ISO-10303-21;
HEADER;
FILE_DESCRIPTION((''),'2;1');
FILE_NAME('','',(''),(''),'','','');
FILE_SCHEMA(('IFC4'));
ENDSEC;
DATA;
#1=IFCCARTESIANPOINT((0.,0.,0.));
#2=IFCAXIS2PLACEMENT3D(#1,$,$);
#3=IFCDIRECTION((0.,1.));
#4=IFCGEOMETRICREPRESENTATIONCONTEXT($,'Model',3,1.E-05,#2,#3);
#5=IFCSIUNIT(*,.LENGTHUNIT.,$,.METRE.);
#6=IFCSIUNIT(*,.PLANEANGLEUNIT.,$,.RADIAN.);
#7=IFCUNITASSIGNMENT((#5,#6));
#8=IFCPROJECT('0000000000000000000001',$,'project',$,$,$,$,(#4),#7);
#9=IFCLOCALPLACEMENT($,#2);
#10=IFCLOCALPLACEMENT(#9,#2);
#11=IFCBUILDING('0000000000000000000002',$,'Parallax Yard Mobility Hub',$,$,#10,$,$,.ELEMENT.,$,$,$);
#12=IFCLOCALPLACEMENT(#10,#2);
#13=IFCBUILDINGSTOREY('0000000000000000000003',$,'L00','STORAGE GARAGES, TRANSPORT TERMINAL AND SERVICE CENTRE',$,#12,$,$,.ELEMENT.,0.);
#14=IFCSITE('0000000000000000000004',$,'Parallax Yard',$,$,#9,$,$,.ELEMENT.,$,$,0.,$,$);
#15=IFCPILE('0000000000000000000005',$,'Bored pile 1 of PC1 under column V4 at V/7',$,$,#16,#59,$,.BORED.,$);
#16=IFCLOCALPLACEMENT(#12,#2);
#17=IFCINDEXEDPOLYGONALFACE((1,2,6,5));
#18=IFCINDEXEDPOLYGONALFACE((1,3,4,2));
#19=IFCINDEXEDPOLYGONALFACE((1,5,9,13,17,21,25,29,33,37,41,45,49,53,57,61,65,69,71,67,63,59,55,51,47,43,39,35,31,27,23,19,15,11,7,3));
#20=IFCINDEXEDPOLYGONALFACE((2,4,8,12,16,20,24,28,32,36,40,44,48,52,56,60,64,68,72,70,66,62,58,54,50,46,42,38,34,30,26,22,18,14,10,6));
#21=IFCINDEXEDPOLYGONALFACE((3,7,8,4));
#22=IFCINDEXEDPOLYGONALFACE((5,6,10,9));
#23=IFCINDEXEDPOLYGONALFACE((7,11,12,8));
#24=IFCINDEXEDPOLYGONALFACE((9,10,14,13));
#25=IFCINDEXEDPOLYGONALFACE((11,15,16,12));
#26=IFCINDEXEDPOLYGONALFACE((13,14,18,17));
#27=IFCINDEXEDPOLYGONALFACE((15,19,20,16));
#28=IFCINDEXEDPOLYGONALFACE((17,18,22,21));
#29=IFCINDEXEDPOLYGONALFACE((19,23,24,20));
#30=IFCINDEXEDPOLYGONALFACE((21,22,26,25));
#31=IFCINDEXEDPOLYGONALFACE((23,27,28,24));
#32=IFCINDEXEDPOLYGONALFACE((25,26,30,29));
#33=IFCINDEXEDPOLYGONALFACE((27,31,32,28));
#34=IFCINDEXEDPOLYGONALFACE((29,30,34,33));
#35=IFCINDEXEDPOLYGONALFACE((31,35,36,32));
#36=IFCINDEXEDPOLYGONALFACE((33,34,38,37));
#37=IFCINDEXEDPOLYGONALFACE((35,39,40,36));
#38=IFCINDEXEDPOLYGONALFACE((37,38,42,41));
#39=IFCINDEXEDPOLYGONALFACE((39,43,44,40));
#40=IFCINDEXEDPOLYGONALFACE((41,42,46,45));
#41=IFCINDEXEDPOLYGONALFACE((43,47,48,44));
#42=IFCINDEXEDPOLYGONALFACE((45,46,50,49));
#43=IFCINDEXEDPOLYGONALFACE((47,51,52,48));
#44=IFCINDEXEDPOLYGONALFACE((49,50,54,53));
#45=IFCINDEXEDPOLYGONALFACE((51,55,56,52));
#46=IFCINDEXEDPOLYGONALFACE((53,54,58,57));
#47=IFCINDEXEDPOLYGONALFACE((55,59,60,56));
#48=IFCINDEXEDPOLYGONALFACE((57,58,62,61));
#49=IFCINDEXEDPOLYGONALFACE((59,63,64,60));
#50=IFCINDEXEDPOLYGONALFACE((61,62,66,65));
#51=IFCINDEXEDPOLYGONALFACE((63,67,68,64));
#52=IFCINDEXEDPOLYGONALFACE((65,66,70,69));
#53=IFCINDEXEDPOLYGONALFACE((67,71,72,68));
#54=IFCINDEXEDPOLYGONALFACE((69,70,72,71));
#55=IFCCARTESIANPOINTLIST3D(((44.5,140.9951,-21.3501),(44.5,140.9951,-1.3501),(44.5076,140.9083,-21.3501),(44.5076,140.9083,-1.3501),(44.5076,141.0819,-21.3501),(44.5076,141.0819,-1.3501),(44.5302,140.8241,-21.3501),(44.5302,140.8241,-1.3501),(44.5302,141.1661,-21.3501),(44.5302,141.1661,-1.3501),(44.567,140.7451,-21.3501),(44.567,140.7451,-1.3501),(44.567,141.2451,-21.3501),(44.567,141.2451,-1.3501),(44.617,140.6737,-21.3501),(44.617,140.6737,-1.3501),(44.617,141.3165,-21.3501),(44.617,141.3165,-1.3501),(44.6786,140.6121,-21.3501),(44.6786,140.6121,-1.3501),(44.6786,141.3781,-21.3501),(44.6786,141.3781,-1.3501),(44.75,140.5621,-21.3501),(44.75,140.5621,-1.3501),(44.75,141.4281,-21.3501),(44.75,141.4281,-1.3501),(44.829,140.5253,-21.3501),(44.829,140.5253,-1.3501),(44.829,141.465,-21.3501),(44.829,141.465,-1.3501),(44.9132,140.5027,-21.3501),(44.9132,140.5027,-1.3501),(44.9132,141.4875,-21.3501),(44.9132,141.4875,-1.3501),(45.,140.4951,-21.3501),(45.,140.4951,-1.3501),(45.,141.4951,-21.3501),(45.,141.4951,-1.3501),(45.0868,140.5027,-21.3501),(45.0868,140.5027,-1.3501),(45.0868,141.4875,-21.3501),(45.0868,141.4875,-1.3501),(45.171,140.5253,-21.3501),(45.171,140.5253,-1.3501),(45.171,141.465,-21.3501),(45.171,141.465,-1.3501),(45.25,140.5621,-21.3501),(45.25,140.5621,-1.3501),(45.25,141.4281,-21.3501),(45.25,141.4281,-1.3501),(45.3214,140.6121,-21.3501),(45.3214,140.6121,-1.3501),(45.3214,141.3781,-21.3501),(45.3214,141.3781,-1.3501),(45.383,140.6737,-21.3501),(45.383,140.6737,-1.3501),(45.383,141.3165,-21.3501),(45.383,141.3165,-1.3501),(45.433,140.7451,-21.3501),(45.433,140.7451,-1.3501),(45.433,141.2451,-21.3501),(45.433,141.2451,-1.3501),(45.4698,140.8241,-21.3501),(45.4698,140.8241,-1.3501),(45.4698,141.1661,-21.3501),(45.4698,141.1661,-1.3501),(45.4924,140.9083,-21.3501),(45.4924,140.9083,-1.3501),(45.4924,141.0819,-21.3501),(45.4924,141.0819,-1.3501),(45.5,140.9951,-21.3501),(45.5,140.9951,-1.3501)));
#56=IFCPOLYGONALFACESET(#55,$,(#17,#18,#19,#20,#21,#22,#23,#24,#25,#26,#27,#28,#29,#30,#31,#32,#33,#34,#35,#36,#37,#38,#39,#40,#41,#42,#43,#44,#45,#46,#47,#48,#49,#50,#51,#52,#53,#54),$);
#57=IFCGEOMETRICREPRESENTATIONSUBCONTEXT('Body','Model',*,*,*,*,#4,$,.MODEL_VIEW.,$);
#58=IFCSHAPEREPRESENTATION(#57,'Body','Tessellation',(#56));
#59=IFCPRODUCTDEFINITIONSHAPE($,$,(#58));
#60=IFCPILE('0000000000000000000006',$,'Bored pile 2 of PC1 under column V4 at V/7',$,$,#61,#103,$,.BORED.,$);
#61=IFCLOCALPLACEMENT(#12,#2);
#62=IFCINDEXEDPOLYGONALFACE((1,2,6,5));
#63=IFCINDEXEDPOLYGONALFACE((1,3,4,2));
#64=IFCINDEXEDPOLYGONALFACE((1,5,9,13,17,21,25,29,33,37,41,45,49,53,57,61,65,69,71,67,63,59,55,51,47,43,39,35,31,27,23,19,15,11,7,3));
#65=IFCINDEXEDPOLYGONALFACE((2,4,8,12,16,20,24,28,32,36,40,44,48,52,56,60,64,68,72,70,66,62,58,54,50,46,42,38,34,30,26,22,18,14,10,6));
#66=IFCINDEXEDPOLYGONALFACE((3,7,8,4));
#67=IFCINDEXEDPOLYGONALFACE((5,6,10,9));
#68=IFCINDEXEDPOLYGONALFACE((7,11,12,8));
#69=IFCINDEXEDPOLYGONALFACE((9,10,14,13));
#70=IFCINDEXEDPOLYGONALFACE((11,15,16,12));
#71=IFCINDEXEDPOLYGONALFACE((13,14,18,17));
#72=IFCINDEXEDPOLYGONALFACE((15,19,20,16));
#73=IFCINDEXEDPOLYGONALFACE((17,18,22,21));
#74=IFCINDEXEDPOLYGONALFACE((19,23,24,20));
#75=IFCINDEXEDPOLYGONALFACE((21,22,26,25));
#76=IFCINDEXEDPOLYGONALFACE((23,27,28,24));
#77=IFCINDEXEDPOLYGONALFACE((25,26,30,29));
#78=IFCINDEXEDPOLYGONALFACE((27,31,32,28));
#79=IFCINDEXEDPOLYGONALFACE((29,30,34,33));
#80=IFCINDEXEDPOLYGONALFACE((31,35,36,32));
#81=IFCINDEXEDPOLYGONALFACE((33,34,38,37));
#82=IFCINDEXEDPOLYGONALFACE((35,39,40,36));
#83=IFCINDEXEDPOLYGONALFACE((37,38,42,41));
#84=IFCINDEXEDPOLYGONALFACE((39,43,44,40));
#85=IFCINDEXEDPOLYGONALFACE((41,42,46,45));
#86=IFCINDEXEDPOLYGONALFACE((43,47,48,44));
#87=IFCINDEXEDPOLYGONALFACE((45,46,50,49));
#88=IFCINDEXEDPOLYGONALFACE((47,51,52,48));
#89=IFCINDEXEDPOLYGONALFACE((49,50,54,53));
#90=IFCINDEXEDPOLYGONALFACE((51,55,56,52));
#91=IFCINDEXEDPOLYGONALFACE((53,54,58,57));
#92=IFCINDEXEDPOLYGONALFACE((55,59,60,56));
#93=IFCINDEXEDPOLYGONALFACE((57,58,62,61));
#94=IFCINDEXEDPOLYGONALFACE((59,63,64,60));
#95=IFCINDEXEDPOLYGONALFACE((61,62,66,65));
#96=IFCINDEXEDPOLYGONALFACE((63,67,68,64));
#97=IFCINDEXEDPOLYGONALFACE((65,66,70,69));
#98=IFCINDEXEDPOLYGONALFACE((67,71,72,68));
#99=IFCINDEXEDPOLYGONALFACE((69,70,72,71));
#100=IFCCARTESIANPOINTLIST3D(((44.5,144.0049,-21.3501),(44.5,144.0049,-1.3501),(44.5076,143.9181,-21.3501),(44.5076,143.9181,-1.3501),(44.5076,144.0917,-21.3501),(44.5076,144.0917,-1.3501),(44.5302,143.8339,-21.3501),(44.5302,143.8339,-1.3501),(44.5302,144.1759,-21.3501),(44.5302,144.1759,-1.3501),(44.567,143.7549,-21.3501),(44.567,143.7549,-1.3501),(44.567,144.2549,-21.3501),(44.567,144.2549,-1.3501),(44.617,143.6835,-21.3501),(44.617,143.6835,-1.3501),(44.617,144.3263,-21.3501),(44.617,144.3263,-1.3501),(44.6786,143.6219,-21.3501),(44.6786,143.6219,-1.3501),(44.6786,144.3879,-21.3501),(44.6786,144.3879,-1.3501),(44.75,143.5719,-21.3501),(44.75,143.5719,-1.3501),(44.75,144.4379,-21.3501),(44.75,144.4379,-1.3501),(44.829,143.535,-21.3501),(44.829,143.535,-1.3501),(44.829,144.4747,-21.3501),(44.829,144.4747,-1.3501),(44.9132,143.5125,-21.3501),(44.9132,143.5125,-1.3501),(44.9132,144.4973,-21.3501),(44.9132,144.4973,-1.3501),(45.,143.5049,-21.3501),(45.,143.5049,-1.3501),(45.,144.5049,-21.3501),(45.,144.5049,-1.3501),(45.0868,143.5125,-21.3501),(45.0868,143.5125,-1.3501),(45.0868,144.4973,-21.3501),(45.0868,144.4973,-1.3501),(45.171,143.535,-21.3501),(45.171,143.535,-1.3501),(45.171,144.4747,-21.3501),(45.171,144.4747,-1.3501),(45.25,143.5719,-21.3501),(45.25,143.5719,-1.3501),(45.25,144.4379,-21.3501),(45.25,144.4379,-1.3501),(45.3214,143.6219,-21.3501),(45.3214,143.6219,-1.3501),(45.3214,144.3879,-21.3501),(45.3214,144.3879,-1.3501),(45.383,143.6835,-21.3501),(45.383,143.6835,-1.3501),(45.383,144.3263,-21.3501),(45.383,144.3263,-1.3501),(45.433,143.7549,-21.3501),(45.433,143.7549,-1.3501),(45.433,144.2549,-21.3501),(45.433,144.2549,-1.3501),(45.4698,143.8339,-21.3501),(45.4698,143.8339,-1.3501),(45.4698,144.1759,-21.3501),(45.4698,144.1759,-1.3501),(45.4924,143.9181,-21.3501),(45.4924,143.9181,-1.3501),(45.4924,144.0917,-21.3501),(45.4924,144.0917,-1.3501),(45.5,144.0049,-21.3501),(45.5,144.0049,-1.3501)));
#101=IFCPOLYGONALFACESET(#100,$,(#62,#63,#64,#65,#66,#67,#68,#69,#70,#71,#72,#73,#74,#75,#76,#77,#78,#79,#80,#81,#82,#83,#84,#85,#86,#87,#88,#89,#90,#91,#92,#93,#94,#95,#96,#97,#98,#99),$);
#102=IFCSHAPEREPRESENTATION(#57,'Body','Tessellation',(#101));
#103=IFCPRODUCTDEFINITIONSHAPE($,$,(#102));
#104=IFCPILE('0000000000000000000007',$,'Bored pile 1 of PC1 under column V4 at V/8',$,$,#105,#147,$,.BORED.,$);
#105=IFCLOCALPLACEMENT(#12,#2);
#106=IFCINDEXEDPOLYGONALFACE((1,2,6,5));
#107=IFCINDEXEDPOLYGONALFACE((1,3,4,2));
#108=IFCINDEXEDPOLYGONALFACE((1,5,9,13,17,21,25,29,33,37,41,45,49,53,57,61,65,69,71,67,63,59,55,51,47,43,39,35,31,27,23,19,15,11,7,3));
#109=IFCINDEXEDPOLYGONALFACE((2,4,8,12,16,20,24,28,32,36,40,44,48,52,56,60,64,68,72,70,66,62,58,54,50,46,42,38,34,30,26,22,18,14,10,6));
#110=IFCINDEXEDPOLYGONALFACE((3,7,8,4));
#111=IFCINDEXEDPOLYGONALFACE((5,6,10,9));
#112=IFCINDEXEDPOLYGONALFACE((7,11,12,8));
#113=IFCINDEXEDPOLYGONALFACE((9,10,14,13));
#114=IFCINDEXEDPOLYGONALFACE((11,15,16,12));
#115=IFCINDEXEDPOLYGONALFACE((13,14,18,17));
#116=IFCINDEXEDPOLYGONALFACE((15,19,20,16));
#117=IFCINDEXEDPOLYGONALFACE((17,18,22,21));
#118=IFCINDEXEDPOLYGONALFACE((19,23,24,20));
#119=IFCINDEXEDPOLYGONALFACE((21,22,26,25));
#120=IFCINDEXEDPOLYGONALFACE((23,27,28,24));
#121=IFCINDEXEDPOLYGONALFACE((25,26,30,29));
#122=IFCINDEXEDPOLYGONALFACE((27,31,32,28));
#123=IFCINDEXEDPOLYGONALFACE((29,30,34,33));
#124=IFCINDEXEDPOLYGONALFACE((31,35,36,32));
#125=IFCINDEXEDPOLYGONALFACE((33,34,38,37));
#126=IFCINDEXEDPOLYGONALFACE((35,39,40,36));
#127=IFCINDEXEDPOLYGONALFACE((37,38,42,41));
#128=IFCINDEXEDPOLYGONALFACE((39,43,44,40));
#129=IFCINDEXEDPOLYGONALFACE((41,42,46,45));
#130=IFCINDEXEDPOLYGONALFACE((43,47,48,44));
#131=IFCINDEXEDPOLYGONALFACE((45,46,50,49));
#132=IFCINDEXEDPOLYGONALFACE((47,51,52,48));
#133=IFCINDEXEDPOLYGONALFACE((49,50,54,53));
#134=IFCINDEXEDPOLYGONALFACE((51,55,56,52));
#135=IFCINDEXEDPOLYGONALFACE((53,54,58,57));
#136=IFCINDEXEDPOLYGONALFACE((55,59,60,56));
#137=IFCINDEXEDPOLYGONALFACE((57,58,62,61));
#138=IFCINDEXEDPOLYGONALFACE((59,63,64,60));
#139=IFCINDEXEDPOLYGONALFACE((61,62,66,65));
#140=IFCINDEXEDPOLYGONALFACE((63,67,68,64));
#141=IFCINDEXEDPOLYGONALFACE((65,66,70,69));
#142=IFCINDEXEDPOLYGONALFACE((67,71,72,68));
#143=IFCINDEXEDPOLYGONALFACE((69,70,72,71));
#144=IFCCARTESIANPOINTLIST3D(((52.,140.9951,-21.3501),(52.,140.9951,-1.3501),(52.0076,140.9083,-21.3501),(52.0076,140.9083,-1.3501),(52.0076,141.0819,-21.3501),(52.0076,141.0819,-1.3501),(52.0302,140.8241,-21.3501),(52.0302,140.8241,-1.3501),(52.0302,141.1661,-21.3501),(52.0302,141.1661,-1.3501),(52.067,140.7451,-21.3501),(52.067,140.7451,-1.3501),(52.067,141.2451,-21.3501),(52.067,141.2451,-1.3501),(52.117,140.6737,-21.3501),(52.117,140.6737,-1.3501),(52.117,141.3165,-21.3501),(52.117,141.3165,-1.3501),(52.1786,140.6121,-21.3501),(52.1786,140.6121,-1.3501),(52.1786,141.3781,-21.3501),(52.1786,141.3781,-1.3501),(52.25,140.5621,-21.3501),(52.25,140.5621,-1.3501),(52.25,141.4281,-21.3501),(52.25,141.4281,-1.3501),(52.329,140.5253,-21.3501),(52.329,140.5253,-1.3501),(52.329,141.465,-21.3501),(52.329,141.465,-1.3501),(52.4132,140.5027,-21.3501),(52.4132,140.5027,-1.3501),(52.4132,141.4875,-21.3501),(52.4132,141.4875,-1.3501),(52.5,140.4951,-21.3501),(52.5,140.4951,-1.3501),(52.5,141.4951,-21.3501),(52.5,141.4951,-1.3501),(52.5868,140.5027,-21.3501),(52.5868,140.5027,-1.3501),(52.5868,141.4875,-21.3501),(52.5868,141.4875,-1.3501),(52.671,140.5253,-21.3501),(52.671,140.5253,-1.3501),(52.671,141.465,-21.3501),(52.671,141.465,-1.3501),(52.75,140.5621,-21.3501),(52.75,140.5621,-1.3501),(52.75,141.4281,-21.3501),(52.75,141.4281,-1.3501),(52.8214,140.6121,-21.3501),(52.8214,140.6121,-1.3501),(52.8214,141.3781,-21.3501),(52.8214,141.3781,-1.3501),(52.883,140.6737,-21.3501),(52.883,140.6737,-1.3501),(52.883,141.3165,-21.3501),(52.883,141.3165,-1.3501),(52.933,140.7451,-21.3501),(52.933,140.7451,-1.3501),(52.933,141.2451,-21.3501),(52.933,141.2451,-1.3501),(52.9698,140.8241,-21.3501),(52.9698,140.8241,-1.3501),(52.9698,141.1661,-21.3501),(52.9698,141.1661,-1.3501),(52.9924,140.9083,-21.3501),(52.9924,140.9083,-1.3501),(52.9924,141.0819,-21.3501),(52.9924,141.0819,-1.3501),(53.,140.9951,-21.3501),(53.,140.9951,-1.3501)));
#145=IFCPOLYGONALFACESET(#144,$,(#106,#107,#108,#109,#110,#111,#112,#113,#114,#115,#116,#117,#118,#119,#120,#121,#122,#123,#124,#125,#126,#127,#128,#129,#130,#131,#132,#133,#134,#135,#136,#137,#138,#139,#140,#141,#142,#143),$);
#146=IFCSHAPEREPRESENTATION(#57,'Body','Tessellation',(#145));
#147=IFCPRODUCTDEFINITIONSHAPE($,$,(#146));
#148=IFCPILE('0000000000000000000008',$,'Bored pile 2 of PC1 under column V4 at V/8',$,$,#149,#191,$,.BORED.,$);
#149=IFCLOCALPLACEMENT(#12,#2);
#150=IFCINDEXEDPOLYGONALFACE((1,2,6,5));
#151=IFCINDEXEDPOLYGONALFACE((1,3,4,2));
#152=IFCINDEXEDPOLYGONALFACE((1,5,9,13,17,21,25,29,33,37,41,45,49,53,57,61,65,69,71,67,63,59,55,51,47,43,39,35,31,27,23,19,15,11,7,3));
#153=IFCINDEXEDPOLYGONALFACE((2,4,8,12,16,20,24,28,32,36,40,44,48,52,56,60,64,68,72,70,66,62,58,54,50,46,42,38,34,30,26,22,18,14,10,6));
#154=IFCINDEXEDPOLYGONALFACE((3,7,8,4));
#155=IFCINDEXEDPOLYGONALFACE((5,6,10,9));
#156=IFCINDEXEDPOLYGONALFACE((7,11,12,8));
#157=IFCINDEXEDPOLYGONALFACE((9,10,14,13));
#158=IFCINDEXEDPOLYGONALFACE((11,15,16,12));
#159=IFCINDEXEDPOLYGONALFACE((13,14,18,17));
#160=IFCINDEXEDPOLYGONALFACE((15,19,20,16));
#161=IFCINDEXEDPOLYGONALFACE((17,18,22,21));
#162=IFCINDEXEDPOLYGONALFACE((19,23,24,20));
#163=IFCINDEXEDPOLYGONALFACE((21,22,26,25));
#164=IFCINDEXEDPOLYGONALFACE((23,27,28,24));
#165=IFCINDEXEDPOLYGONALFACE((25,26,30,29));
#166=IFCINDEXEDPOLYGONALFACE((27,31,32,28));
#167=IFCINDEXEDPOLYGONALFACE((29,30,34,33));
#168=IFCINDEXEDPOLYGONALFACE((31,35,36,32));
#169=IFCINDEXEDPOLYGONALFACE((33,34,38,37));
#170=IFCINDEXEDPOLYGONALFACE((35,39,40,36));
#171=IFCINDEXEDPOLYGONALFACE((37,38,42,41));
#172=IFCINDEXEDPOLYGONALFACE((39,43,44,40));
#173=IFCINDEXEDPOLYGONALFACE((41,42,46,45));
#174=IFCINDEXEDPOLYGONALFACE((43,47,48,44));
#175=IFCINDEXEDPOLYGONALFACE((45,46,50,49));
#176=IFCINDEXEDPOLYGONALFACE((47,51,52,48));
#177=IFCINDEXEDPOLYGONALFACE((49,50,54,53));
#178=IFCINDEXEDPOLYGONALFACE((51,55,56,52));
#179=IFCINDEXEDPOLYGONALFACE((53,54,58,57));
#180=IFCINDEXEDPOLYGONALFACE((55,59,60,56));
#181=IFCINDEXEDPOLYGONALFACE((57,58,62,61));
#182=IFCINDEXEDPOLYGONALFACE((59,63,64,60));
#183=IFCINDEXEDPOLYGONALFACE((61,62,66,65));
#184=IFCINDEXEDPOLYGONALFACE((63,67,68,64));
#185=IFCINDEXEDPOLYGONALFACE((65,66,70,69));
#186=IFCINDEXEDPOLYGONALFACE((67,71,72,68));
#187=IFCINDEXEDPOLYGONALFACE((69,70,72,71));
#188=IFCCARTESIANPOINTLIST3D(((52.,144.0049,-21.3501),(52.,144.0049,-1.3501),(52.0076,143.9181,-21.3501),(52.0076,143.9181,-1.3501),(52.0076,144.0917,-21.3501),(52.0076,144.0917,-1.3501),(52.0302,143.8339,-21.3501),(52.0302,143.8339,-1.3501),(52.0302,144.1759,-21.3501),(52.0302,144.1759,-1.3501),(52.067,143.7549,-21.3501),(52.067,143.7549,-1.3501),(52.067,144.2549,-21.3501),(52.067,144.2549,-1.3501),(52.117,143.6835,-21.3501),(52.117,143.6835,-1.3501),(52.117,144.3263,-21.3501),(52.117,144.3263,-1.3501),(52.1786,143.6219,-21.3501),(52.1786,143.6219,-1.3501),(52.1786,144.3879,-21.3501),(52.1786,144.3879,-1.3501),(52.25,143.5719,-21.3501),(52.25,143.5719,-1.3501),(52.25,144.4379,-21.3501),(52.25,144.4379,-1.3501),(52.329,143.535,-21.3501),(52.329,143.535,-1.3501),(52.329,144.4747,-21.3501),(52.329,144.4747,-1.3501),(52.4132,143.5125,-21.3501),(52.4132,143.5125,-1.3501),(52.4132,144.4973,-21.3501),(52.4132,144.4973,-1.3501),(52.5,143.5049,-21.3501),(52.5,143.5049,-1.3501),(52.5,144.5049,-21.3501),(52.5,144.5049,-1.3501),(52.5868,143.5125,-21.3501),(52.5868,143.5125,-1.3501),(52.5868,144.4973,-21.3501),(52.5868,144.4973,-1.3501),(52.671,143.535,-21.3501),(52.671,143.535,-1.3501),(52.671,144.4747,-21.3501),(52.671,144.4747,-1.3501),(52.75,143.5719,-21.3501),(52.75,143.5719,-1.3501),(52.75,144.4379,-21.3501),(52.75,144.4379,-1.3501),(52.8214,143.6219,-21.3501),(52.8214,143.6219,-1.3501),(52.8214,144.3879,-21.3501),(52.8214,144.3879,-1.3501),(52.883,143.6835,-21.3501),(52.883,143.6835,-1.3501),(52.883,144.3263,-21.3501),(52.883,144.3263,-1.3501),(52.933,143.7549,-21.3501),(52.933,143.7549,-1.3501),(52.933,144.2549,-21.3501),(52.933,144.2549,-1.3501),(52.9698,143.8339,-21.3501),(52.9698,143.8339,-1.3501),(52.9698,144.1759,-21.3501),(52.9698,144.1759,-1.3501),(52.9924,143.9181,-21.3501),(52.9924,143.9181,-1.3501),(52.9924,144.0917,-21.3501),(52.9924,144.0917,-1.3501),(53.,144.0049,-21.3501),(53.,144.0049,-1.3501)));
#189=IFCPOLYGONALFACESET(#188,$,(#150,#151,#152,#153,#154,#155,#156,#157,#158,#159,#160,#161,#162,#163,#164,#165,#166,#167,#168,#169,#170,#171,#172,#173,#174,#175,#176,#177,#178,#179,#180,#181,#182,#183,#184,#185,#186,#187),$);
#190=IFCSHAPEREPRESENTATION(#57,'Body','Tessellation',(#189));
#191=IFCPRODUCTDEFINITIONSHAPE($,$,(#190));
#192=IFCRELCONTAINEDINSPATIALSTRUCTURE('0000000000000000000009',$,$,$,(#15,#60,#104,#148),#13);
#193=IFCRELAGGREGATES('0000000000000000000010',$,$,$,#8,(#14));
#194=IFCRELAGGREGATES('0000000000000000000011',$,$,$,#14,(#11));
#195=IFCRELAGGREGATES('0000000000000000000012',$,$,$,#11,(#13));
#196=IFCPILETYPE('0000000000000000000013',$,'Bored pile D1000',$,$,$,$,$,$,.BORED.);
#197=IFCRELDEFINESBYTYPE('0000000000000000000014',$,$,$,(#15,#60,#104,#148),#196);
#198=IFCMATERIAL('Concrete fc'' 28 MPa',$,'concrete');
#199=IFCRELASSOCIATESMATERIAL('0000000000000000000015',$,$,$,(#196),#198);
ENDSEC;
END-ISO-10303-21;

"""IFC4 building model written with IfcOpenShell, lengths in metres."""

from ifc_helpers import new_model, si_unit, direction, frame, origin, origin_2d, place, context, subcontext, project, spatial, circle, extrude, material, material_profile, profile_set, type_object, element, save


model = new_model("IFC4")

# Units and contexts
model_context = context("Model", 3, precision=1e-05, world=origin(), true_north=direction((0.0, 1.0)))
body_context = subcontext(model_context, "Body", "Model", "MODEL_VIEW")
ifc_project = project(units=[si_unit("LENGTHUNIT", "METRE"), si_unit("PLANEANGLEUNIT", "RADIAN")], contexts=[model_context])

# Site, building, storey
site_placement = place(None, origin())
site = spatial("IfcSite", under=ifc_project, at=site_placement, Name="Parallax Yard", CompositionType="ELEMENT", RefElevation=0.0)
building_placement = place(site_placement, origin())
building = spatial("IfcBuilding", under=site, at=building_placement, Name="Parallax Yard Mobility Hub", CompositionType="ELEMENT")
storey_placement = place(building_placement, origin())
storey = spatial("IfcBuildingStorey", under=building, at=storey_placement, Name="L00", Description="STORAGE GARAGES, TRANSPORT TERMINAL AND SERVICE CENTRE", CompositionType="ELEMENT", Elevation=0.0)

# Piles
ifc_material_1 = material(Name="Concrete fc' 28 MPa", Category="concrete")
ifc_material_profile_1 = material_profile(ifc_material_1, circle(Radius=0.5, at=origin_2d()), Name="Bored pile D1000")
ifc_profile_set_1 = profile_set([ifc_material_profile_1], Name="Concrete fc' 28 MPa")
pile_type = type_object("IfcPileType", Name="Bored pile D1000", PredefinedType="BORED", material=ifc_profile_set_1)
for number, where, z_axis, x_axis, name in (
    (1, (45.0, 140.9951, -1.3501), (0.0, 0.0, -1.0), (1.0, 0.0, 0.0), "Bored pile 1 of PC1 under column V4 at V/7"),
    (2, (45.0, 144.0049, -1.3501), (0.0, 0.0, -1.0), (1.0, 0.0, 0.0), "Bored pile 2 of PC1 under column V4 at V/7"),
    (3, (52.5, 140.9951, -1.3501), (0.0, 0.0, -1.0), (1.0, 0.0, 0.0), "Bored pile 1 of PC1 under column V4 at V/8"),
    (4, (52.5, 144.0049, -1.3501), (0.0, 0.0, -1.0), (1.0, 0.0, 0.0), "Bored pile 2 of PC1 under column V4 at V/8"),
):
    element("IfcPile", number, at=place(storey_placement, frame(where, z_axis=z_axis, x_axis=x_axis)), inside=storey, type_object=pile_type, Name=name, PredefinedType="BORED", context=body_context, shape_type="SweptSolid", body=[
        extrude(circle(Radius=0.5, at=origin_2d()), origin(), (0.0, 0.0, 1.0), 20.0),
    ])

save(model, "model.ifc")
